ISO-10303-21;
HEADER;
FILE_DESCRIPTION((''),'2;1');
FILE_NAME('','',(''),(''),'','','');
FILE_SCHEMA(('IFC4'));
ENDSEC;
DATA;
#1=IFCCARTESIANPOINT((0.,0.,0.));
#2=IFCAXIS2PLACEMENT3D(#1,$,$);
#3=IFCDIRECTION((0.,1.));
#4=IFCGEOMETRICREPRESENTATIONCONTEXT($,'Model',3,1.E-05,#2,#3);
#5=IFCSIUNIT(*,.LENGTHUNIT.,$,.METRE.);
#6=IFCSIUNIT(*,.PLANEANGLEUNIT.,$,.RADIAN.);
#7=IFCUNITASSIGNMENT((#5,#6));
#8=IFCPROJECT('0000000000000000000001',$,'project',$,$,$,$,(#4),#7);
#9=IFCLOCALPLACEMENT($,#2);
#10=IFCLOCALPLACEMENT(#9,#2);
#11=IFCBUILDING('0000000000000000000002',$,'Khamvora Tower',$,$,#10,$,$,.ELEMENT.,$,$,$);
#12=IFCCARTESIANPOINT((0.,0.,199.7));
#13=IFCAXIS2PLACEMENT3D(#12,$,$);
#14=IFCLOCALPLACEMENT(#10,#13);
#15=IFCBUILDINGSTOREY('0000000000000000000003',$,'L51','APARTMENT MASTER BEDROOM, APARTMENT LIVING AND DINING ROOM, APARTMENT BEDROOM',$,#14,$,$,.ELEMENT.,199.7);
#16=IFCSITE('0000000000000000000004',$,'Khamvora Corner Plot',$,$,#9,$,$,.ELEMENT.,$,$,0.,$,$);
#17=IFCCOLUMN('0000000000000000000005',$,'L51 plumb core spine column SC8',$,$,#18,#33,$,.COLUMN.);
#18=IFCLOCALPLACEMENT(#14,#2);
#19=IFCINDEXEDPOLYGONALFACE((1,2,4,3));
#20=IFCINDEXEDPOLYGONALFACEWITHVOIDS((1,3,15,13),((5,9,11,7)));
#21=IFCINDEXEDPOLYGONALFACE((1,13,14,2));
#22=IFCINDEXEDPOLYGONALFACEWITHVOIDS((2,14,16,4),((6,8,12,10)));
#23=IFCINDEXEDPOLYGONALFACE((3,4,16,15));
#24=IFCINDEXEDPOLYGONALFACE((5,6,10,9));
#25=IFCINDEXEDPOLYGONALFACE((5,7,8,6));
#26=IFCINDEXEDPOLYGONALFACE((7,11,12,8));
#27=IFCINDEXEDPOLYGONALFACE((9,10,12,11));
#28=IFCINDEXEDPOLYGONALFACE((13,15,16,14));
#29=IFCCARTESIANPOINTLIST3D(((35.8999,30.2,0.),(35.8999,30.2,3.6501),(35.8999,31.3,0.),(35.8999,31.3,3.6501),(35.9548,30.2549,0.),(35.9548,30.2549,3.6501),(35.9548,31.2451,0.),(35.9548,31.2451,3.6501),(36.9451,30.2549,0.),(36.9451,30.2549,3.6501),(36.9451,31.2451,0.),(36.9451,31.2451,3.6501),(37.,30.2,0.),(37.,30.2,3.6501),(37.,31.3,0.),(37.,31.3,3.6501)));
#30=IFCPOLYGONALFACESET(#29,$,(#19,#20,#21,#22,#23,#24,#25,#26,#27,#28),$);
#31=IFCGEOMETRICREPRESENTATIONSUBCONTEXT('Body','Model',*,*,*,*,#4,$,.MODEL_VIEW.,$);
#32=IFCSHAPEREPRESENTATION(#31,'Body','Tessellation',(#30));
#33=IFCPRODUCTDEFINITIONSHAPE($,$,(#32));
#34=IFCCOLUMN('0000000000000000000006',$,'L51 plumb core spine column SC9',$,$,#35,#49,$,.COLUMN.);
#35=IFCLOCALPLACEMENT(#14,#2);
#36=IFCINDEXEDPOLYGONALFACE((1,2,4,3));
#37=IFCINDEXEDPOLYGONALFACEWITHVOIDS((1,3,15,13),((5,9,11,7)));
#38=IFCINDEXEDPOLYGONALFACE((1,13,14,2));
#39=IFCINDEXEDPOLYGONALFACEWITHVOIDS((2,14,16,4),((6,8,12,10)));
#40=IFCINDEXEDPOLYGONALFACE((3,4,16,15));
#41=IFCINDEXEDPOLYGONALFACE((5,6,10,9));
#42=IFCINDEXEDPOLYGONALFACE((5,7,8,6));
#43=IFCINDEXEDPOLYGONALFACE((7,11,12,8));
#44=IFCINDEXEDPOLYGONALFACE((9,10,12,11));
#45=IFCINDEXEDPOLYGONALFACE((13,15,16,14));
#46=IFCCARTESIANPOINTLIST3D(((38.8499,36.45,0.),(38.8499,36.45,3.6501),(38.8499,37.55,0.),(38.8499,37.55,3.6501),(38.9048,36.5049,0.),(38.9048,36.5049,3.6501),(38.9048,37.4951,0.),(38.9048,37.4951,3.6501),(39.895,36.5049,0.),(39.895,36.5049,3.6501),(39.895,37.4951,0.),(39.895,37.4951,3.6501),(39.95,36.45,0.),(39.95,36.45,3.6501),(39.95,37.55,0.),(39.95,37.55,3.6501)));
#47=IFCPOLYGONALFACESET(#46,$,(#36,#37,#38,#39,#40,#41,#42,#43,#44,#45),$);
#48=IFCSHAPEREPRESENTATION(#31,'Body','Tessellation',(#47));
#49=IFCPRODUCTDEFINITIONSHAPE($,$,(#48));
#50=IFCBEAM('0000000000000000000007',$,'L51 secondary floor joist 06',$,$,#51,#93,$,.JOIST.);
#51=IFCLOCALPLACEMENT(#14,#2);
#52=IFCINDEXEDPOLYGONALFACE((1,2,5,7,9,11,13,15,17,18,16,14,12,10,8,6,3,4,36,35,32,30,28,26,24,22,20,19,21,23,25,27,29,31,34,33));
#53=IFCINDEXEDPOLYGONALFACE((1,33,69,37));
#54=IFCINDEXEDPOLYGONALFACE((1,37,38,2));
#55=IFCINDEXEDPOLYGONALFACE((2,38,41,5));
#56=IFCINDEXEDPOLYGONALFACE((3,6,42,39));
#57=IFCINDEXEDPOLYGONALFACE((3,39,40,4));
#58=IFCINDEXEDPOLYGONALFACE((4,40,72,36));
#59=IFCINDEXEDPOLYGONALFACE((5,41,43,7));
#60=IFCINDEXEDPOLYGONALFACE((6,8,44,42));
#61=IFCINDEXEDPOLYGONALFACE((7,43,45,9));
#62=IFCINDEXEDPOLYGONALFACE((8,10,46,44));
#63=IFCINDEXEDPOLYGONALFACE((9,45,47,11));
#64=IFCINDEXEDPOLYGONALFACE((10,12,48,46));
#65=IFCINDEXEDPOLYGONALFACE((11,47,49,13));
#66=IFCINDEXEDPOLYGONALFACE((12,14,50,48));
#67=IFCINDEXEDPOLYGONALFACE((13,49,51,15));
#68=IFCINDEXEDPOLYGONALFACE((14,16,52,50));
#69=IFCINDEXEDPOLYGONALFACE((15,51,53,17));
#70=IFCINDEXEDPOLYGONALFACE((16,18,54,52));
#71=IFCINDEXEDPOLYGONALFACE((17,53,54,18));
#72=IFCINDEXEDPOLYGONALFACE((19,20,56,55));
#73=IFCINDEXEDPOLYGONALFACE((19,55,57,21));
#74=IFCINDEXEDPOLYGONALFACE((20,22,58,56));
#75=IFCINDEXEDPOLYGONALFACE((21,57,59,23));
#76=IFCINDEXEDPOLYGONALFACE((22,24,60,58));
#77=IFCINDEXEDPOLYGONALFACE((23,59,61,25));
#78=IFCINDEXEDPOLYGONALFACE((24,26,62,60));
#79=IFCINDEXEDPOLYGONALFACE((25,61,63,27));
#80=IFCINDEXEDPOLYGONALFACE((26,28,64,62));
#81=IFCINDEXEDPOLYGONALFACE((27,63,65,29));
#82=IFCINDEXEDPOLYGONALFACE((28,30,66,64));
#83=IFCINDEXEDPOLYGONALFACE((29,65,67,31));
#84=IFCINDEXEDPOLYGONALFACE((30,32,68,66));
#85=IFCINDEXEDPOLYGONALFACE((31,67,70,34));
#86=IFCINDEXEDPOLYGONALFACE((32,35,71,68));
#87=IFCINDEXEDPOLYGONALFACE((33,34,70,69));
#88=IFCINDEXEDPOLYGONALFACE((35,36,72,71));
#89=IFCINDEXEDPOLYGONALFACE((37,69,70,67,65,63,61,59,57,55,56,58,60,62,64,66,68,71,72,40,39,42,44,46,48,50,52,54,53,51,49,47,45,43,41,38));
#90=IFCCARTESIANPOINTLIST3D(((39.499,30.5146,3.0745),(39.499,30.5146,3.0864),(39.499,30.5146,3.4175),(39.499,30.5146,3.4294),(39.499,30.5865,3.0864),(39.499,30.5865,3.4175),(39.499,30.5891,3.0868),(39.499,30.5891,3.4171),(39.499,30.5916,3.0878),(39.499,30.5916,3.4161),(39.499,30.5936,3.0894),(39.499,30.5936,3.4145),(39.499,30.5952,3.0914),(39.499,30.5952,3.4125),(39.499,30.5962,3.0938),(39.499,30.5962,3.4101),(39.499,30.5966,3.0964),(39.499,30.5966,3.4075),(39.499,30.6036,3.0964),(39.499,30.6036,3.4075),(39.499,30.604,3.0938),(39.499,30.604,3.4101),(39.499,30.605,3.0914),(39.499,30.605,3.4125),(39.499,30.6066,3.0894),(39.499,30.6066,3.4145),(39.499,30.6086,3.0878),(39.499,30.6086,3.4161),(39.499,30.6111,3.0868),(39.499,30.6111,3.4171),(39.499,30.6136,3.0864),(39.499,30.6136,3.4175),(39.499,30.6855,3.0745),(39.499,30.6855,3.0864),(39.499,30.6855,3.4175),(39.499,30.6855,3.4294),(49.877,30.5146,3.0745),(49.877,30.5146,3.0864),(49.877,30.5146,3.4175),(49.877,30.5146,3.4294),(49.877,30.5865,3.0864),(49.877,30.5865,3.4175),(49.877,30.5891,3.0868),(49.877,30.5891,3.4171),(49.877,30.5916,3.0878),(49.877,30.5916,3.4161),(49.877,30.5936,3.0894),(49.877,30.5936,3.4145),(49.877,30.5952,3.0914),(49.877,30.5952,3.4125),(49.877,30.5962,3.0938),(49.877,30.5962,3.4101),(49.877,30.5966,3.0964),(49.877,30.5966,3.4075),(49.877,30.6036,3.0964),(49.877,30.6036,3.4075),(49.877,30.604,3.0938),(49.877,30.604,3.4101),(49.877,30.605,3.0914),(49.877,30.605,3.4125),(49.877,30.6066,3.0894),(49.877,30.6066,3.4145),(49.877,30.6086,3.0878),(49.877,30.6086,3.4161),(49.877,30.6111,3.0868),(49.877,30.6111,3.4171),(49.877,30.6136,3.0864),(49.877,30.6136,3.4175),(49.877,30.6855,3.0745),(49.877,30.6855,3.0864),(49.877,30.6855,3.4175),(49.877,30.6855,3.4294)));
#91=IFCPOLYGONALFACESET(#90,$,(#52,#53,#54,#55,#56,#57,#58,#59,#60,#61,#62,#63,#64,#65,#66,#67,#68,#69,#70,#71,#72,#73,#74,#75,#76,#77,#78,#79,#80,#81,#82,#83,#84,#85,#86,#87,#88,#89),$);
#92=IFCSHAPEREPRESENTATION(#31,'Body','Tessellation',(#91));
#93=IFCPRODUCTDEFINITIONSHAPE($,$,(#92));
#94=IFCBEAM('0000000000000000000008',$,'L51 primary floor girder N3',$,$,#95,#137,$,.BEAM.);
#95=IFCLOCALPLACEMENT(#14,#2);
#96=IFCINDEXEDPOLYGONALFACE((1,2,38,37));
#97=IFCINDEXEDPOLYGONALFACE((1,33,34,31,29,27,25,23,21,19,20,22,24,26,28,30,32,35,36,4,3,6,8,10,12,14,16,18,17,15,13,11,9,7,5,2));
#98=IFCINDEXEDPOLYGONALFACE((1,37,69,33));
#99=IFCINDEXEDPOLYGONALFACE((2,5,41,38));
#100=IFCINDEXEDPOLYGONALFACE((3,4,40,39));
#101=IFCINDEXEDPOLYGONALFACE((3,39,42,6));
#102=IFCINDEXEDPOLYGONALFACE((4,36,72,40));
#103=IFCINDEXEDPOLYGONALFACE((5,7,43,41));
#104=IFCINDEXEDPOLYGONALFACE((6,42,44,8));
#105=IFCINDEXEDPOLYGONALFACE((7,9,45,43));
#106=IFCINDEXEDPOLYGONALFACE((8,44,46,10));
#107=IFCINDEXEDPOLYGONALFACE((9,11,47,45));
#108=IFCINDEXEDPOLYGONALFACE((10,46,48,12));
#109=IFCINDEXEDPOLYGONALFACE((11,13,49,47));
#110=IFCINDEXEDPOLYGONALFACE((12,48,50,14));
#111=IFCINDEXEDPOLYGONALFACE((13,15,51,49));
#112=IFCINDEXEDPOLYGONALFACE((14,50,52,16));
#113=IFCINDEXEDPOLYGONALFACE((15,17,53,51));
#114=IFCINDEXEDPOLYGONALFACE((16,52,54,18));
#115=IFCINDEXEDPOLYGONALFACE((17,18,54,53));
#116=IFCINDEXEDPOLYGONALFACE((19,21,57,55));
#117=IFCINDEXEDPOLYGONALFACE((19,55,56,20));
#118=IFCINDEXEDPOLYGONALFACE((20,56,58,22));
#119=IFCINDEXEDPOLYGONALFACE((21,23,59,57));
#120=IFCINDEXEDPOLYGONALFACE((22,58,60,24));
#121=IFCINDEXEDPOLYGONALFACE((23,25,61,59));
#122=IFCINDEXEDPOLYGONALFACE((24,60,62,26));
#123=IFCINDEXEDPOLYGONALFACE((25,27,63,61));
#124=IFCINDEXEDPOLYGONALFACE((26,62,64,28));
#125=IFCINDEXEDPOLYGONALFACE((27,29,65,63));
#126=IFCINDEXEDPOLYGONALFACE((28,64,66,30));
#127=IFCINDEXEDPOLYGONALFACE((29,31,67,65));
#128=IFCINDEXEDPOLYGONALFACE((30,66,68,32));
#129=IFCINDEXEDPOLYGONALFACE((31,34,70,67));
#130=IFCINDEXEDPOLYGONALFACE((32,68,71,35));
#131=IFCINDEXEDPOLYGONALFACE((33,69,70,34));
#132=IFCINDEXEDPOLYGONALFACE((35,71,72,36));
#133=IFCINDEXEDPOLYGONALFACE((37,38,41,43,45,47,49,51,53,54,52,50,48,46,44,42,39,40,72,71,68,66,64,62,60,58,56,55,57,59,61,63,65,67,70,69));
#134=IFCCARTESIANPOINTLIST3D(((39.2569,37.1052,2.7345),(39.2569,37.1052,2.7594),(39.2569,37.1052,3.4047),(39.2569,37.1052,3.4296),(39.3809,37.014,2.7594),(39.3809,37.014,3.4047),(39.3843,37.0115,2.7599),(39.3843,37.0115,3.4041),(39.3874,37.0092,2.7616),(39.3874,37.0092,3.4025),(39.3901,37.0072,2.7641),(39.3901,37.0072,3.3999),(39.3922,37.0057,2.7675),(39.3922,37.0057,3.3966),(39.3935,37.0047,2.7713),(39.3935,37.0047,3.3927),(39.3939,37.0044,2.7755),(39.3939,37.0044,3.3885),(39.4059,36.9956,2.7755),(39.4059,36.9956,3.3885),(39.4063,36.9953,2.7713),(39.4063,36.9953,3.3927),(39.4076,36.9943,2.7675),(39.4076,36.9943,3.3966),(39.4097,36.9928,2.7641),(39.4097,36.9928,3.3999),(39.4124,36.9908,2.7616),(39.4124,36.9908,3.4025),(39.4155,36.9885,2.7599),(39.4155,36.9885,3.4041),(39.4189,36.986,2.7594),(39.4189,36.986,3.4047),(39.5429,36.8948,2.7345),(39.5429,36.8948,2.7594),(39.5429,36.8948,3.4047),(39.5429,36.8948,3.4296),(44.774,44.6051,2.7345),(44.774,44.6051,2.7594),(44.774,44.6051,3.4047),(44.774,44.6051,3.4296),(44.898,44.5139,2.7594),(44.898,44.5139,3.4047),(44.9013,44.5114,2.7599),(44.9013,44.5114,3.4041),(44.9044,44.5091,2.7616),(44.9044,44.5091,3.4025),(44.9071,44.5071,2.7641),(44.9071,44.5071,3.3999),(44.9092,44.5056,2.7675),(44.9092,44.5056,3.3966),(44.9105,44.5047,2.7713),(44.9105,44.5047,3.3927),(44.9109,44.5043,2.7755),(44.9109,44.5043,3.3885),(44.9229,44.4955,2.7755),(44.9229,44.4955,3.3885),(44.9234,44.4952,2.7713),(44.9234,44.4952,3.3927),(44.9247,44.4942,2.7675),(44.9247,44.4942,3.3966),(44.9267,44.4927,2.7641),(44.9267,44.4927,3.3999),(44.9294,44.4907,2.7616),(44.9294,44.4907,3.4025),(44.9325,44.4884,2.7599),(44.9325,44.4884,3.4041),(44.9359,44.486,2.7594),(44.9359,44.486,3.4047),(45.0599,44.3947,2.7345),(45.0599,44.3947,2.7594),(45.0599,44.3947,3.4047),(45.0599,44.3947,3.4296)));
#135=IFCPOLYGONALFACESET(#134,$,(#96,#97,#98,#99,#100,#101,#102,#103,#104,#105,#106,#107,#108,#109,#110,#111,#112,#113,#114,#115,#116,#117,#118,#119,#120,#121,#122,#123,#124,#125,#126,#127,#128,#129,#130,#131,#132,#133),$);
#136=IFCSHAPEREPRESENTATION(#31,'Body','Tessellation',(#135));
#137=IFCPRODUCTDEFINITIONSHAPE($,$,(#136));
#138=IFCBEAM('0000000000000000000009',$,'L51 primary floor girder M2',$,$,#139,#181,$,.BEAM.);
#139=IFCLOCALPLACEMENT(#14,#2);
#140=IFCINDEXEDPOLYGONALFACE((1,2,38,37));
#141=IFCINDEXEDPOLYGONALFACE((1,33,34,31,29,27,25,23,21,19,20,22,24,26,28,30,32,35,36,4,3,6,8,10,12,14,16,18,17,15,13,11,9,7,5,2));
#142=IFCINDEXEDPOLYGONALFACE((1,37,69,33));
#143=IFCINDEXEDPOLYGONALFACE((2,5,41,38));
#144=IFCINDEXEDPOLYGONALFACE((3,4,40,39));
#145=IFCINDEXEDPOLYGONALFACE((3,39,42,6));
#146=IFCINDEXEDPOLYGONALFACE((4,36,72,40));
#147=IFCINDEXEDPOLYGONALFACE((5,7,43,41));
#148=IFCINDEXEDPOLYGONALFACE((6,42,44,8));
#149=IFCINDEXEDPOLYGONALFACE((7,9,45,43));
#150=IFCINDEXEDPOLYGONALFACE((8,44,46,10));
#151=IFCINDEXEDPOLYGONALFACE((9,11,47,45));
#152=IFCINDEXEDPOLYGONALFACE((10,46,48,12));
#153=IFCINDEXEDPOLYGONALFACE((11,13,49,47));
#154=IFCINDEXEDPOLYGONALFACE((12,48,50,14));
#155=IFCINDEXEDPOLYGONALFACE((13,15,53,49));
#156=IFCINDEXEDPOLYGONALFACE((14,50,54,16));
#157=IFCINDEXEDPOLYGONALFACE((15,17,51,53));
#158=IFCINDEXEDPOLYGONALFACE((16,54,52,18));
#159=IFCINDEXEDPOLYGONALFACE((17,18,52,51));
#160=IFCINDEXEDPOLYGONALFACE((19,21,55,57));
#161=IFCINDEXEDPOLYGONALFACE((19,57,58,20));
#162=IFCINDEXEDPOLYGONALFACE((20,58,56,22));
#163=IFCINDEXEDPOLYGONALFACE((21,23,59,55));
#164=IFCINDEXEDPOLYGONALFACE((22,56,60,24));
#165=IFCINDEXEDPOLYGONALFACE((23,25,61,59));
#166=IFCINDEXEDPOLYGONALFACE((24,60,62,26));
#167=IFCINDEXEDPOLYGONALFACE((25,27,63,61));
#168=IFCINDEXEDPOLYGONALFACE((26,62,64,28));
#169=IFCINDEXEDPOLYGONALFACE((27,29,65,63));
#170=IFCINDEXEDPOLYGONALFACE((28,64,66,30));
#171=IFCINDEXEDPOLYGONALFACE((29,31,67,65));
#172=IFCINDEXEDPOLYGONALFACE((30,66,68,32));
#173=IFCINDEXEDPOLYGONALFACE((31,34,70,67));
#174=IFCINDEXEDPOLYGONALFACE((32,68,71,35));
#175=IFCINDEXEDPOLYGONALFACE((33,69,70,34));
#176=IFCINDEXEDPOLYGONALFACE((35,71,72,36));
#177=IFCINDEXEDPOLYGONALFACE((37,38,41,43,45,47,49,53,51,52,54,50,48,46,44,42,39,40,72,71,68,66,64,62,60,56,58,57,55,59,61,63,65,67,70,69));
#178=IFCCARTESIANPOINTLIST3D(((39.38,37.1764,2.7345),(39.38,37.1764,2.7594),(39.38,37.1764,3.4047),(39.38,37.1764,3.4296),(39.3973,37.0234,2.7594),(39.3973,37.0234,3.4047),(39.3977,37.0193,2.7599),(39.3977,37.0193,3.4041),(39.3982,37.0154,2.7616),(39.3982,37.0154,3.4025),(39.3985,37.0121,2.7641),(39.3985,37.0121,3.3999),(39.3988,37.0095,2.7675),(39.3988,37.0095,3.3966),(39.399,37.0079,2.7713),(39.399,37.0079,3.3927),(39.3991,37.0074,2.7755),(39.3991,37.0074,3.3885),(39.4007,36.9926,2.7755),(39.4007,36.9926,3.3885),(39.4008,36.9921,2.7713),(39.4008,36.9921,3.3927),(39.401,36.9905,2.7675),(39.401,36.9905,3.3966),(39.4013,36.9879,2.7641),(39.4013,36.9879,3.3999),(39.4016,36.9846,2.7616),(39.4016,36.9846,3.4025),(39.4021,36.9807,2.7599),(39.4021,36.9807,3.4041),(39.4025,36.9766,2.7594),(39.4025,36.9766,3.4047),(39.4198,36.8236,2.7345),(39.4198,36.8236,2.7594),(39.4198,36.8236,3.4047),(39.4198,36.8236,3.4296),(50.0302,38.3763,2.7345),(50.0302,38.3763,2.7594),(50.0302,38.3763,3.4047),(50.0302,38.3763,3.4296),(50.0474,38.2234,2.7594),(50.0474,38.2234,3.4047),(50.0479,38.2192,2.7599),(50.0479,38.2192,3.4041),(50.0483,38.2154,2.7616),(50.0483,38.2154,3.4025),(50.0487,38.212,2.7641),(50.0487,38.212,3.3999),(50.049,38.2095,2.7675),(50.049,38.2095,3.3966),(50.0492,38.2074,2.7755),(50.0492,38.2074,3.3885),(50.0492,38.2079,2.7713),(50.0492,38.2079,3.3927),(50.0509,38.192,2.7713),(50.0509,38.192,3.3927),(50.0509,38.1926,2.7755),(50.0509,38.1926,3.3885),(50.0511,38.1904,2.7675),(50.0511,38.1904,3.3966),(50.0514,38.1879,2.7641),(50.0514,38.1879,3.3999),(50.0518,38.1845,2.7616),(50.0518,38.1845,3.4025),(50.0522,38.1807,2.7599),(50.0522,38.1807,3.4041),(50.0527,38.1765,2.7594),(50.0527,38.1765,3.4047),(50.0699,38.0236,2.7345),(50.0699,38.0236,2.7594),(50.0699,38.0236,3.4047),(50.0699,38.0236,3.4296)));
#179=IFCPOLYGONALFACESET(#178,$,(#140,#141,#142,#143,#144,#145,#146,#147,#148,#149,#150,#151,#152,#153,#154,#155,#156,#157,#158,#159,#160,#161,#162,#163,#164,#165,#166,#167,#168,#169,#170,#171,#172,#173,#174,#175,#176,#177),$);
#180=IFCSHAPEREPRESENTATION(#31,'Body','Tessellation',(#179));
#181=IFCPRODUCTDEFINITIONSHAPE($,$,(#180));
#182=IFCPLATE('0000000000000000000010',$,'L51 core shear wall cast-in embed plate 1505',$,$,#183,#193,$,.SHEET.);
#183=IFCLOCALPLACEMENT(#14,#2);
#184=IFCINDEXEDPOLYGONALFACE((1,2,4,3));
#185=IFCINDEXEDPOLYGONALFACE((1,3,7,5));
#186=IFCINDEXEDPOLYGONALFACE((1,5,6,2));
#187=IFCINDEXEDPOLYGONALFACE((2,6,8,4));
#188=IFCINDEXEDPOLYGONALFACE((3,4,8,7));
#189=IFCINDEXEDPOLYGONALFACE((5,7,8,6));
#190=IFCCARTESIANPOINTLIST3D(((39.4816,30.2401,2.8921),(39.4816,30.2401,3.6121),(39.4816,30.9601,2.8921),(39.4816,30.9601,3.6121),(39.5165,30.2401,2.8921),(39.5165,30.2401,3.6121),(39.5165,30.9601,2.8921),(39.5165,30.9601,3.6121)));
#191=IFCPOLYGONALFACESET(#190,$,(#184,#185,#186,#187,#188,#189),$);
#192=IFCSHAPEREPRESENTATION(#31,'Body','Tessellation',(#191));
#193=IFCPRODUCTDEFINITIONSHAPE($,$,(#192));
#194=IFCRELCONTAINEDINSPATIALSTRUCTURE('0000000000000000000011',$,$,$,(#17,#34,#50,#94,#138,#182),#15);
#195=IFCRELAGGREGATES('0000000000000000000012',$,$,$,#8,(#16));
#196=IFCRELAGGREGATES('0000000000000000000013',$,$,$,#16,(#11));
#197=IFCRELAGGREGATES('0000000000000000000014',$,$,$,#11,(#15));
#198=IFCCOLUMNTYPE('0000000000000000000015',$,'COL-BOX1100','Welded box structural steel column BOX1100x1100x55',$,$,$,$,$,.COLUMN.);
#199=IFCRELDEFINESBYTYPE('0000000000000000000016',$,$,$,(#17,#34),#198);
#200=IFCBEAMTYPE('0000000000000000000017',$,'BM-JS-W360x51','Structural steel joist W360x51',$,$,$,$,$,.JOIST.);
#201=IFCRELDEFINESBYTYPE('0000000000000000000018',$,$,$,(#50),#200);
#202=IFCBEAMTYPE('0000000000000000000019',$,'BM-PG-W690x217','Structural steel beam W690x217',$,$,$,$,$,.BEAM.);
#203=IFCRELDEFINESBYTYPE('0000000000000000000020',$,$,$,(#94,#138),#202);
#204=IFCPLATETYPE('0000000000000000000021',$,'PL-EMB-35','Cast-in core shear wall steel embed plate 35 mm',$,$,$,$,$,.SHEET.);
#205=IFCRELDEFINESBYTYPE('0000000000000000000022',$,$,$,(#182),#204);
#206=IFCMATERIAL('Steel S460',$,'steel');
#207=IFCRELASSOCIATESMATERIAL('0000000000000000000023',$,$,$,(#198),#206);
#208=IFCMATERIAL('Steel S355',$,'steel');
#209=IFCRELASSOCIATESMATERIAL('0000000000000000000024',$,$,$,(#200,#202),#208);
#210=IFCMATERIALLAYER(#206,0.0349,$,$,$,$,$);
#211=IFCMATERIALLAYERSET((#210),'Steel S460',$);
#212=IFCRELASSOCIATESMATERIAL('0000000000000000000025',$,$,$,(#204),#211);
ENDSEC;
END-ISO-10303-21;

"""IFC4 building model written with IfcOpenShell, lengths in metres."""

from ifc_helpers import new_model, si_unit, direction, frame, origin, origin_2d, place, context, subcontext, project, spatial, rectangle, hollow_rectangle, i_section, extrude, material, layer, layer_set, material_profile, profile_set, type_object, element, save


model = new_model("IFC4")

# Units and contexts
model_context = context("Model", 3, precision=1e-05, world=origin(), true_north=direction((0.0, 1.0)))
body_context = subcontext(model_context, "Body", "Model", "MODEL_VIEW")
ifc_project = project(units=[si_unit("LENGTHUNIT", "METRE"), si_unit("PLANEANGLEUNIT", "RADIAN")], contexts=[model_context])

# Site, building, storey
site_placement = place(None, origin())
site = spatial("IfcSite", under=ifc_project, at=site_placement, Name="Khamvora Corner Plot", CompositionType="ELEMENT", RefElevation=0.0)
building_placement = place(site_placement, origin())
building = spatial("IfcBuilding", under=site, at=building_placement, Name="Khamvora Tower", CompositionType="ELEMENT")
storey_placement = place(building_placement, frame((0.0, 0.0, 199.7)))
storey = spatial("IfcBuildingStorey", under=building, at=storey_placement, Name="L51", Description="APARTMENT MASTER BEDROOM, APARTMENT LIVING AND DINING ROOM, APARTMENT BEDROOM", CompositionType="ELEMENT", Elevation=199.7)

# Columns
ifc_material_1 = material(Name="Steel S460", Category="steel")
ifc_material_profile_1 = material_profile(ifc_material_1, hollow_rectangle(XDim=1.1001, YDim=1.1001, WallThickness=0.0549, at=origin_2d()), Name="BOX1100x1100x55")
ifc_profile_set_1 = profile_set([ifc_material_profile_1], Name="Steel S460")
column_type = type_object("IfcColumnType", Name="COL-BOX1100", Description="Welded box structural steel column BOX1100x1100x55", PredefinedType="COLUMN", material=ifc_profile_set_1)
for number, where, z_axis, x_axis, name in (
    (1, (36.45, 30.75, 0.0), (0.0, 0.0, 1.0), (1.0, 0.0, 0.0), "L51 plumb core spine column SC8"),
    (2, (39.3999, 37.0, 0.0), (0.0, 0.0, 1.0), (1.0, 0.0, 0.0), "L51 plumb core spine column SC9"),
):
    element("IfcColumn", number, at=place(storey_placement, frame(where, z_axis=z_axis, x_axis=x_axis)), inside=storey, type_object=column_type, Name=name, PredefinedType="COLUMN", context=body_context, shape_type="SweptSolid", body=[
        extrude(hollow_rectangle(XDim=1.1001, YDim=1.1001, WallThickness=0.0549, at=origin_2d()), origin(), (0.0, 0.0, 1.0), 3.6501),
    ])

# Beams
ifc_material_2 = material(Name="Steel S355", Category="steel")
ifc_material_profile_2 = material_profile(ifc_material_2, i_section(OverallWidth=0.1709, OverallDepth=0.355, WebThickness=0.0071, FlangeThickness=0.012, FilletRadius=0.01, at=origin_2d()), Name="W360x51")
ifc_profile_set_2 = profile_set([ifc_material_profile_2], Name="Steel S355")
beam_type_1 = type_object("IfcBeamType", Name="BM-JS-W360x51", Description="Structural steel joist W360x51", PredefinedType="JOIST", material=ifc_profile_set_2)
beam_1_placement = place(storey_placement, frame((39.499, 30.6001, 3.252), z_axis=(1.0, 0.0, 0.0), x_axis=(0.0, 1.0, 0.0)))
element("IfcBeam", 3, at=beam_1_placement, inside=storey, type_object=beam_type_1, Name="L51 secondary floor joist 06", PredefinedType="JOIST", context=body_context, shape_type="SweptSolid", body=[
    extrude(i_section(OverallWidth=0.1709, OverallDepth=0.355, WebThickness=0.0071, FlangeThickness=0.012, FilletRadius=0.01, at=origin_2d()), origin(), (0.0, 0.0, 1.0), 10.3779),
])
ifc_material_profile_3 = material_profile(ifc_material_2, i_section(OverallWidth=0.355, OverallDepth=0.6951, WebThickness=0.0149, FlangeThickness=0.0249, FilletRadius=0.0161, at=origin_2d()), Name="W690x217")
ifc_profile_set_3 = profile_set([ifc_material_profile_3], Name="Steel S355")
beam_type_2 = type_object("IfcBeamType", Name="BM-PG-W690x217", Description="Structural steel beam W690x217", PredefinedType="BEAM", material=ifc_profile_set_3)
beam_2_placement = place(storey_placement, frame((39.3999, 37.0, 3.082), z_axis=(0.592557, 0.805529, 0.0), x_axis=(-0.805529, 0.592557, 0.0)))
element("IfcBeam", 4, at=beam_2_placement, inside=storey, type_object=beam_type_2, Name="L51 primary floor girder N3", PredefinedType="BEAM", context=body_context, shape_type="SweptSolid", body=[
    extrude(i_section(OverallWidth=0.355, OverallDepth=0.6951, WebThickness=0.0149, FlangeThickness=0.0249, FilletRadius=0.0161, at=origin_2d()), origin(), (0.0, 0.0, 1.0), 9.3105),
])
beam_3_placement = place(storey_placement, frame((39.3999, 37.0, 3.082), z_axis=(0.993713, 0.111962, 0.0), x_axis=(-0.111962, 0.993713, 0.0)))
element("IfcBeam", 5, at=beam_3_placement, inside=storey, type_object=beam_type_2, Name="L51 primary floor girder M2", PredefinedType="BEAM", context=body_context, shape_type="SweptSolid", body=[
    extrude(i_section(OverallWidth=0.355, OverallDepth=0.6951, WebThickness=0.0149, FlangeThickness=0.0249, FilletRadius=0.0161, at=origin_2d()), origin(), (0.0, 0.0, 1.0), 10.7175),
])

# Plate
ifc_layer_1 = layer(ifc_material_1, 0.0349)
ifc_layer_set_1 = layer_set([ifc_layer_1], Name="Steel S460")
plate_type = type_object("IfcPlateType", Name="PL-EMB-35", Description="Cast-in core shear wall steel embed plate 35 mm", PredefinedType="SHEET", material=ifc_layer_set_1)
plate_placement = place(storey_placement, frame((39.499, 30.6001, 2.8921), z_axis=(0.0, 0.0, 1.0), x_axis=(1.0, 0.0, 0.0)))
element("IfcPlate", 6, at=plate_placement, inside=storey, type_object=plate_type, Name="L51 core shear wall cast-in embed plate 1505", PredefinedType="SHEET", context=body_context, shape_type="SweptSolid", body=[
    extrude(rectangle(XDim=0.0349, YDim=0.72, at=origin_2d()), origin(), (0.0, 0.0, 1.0), 0.72),
])

save(model, "model.ifc")
